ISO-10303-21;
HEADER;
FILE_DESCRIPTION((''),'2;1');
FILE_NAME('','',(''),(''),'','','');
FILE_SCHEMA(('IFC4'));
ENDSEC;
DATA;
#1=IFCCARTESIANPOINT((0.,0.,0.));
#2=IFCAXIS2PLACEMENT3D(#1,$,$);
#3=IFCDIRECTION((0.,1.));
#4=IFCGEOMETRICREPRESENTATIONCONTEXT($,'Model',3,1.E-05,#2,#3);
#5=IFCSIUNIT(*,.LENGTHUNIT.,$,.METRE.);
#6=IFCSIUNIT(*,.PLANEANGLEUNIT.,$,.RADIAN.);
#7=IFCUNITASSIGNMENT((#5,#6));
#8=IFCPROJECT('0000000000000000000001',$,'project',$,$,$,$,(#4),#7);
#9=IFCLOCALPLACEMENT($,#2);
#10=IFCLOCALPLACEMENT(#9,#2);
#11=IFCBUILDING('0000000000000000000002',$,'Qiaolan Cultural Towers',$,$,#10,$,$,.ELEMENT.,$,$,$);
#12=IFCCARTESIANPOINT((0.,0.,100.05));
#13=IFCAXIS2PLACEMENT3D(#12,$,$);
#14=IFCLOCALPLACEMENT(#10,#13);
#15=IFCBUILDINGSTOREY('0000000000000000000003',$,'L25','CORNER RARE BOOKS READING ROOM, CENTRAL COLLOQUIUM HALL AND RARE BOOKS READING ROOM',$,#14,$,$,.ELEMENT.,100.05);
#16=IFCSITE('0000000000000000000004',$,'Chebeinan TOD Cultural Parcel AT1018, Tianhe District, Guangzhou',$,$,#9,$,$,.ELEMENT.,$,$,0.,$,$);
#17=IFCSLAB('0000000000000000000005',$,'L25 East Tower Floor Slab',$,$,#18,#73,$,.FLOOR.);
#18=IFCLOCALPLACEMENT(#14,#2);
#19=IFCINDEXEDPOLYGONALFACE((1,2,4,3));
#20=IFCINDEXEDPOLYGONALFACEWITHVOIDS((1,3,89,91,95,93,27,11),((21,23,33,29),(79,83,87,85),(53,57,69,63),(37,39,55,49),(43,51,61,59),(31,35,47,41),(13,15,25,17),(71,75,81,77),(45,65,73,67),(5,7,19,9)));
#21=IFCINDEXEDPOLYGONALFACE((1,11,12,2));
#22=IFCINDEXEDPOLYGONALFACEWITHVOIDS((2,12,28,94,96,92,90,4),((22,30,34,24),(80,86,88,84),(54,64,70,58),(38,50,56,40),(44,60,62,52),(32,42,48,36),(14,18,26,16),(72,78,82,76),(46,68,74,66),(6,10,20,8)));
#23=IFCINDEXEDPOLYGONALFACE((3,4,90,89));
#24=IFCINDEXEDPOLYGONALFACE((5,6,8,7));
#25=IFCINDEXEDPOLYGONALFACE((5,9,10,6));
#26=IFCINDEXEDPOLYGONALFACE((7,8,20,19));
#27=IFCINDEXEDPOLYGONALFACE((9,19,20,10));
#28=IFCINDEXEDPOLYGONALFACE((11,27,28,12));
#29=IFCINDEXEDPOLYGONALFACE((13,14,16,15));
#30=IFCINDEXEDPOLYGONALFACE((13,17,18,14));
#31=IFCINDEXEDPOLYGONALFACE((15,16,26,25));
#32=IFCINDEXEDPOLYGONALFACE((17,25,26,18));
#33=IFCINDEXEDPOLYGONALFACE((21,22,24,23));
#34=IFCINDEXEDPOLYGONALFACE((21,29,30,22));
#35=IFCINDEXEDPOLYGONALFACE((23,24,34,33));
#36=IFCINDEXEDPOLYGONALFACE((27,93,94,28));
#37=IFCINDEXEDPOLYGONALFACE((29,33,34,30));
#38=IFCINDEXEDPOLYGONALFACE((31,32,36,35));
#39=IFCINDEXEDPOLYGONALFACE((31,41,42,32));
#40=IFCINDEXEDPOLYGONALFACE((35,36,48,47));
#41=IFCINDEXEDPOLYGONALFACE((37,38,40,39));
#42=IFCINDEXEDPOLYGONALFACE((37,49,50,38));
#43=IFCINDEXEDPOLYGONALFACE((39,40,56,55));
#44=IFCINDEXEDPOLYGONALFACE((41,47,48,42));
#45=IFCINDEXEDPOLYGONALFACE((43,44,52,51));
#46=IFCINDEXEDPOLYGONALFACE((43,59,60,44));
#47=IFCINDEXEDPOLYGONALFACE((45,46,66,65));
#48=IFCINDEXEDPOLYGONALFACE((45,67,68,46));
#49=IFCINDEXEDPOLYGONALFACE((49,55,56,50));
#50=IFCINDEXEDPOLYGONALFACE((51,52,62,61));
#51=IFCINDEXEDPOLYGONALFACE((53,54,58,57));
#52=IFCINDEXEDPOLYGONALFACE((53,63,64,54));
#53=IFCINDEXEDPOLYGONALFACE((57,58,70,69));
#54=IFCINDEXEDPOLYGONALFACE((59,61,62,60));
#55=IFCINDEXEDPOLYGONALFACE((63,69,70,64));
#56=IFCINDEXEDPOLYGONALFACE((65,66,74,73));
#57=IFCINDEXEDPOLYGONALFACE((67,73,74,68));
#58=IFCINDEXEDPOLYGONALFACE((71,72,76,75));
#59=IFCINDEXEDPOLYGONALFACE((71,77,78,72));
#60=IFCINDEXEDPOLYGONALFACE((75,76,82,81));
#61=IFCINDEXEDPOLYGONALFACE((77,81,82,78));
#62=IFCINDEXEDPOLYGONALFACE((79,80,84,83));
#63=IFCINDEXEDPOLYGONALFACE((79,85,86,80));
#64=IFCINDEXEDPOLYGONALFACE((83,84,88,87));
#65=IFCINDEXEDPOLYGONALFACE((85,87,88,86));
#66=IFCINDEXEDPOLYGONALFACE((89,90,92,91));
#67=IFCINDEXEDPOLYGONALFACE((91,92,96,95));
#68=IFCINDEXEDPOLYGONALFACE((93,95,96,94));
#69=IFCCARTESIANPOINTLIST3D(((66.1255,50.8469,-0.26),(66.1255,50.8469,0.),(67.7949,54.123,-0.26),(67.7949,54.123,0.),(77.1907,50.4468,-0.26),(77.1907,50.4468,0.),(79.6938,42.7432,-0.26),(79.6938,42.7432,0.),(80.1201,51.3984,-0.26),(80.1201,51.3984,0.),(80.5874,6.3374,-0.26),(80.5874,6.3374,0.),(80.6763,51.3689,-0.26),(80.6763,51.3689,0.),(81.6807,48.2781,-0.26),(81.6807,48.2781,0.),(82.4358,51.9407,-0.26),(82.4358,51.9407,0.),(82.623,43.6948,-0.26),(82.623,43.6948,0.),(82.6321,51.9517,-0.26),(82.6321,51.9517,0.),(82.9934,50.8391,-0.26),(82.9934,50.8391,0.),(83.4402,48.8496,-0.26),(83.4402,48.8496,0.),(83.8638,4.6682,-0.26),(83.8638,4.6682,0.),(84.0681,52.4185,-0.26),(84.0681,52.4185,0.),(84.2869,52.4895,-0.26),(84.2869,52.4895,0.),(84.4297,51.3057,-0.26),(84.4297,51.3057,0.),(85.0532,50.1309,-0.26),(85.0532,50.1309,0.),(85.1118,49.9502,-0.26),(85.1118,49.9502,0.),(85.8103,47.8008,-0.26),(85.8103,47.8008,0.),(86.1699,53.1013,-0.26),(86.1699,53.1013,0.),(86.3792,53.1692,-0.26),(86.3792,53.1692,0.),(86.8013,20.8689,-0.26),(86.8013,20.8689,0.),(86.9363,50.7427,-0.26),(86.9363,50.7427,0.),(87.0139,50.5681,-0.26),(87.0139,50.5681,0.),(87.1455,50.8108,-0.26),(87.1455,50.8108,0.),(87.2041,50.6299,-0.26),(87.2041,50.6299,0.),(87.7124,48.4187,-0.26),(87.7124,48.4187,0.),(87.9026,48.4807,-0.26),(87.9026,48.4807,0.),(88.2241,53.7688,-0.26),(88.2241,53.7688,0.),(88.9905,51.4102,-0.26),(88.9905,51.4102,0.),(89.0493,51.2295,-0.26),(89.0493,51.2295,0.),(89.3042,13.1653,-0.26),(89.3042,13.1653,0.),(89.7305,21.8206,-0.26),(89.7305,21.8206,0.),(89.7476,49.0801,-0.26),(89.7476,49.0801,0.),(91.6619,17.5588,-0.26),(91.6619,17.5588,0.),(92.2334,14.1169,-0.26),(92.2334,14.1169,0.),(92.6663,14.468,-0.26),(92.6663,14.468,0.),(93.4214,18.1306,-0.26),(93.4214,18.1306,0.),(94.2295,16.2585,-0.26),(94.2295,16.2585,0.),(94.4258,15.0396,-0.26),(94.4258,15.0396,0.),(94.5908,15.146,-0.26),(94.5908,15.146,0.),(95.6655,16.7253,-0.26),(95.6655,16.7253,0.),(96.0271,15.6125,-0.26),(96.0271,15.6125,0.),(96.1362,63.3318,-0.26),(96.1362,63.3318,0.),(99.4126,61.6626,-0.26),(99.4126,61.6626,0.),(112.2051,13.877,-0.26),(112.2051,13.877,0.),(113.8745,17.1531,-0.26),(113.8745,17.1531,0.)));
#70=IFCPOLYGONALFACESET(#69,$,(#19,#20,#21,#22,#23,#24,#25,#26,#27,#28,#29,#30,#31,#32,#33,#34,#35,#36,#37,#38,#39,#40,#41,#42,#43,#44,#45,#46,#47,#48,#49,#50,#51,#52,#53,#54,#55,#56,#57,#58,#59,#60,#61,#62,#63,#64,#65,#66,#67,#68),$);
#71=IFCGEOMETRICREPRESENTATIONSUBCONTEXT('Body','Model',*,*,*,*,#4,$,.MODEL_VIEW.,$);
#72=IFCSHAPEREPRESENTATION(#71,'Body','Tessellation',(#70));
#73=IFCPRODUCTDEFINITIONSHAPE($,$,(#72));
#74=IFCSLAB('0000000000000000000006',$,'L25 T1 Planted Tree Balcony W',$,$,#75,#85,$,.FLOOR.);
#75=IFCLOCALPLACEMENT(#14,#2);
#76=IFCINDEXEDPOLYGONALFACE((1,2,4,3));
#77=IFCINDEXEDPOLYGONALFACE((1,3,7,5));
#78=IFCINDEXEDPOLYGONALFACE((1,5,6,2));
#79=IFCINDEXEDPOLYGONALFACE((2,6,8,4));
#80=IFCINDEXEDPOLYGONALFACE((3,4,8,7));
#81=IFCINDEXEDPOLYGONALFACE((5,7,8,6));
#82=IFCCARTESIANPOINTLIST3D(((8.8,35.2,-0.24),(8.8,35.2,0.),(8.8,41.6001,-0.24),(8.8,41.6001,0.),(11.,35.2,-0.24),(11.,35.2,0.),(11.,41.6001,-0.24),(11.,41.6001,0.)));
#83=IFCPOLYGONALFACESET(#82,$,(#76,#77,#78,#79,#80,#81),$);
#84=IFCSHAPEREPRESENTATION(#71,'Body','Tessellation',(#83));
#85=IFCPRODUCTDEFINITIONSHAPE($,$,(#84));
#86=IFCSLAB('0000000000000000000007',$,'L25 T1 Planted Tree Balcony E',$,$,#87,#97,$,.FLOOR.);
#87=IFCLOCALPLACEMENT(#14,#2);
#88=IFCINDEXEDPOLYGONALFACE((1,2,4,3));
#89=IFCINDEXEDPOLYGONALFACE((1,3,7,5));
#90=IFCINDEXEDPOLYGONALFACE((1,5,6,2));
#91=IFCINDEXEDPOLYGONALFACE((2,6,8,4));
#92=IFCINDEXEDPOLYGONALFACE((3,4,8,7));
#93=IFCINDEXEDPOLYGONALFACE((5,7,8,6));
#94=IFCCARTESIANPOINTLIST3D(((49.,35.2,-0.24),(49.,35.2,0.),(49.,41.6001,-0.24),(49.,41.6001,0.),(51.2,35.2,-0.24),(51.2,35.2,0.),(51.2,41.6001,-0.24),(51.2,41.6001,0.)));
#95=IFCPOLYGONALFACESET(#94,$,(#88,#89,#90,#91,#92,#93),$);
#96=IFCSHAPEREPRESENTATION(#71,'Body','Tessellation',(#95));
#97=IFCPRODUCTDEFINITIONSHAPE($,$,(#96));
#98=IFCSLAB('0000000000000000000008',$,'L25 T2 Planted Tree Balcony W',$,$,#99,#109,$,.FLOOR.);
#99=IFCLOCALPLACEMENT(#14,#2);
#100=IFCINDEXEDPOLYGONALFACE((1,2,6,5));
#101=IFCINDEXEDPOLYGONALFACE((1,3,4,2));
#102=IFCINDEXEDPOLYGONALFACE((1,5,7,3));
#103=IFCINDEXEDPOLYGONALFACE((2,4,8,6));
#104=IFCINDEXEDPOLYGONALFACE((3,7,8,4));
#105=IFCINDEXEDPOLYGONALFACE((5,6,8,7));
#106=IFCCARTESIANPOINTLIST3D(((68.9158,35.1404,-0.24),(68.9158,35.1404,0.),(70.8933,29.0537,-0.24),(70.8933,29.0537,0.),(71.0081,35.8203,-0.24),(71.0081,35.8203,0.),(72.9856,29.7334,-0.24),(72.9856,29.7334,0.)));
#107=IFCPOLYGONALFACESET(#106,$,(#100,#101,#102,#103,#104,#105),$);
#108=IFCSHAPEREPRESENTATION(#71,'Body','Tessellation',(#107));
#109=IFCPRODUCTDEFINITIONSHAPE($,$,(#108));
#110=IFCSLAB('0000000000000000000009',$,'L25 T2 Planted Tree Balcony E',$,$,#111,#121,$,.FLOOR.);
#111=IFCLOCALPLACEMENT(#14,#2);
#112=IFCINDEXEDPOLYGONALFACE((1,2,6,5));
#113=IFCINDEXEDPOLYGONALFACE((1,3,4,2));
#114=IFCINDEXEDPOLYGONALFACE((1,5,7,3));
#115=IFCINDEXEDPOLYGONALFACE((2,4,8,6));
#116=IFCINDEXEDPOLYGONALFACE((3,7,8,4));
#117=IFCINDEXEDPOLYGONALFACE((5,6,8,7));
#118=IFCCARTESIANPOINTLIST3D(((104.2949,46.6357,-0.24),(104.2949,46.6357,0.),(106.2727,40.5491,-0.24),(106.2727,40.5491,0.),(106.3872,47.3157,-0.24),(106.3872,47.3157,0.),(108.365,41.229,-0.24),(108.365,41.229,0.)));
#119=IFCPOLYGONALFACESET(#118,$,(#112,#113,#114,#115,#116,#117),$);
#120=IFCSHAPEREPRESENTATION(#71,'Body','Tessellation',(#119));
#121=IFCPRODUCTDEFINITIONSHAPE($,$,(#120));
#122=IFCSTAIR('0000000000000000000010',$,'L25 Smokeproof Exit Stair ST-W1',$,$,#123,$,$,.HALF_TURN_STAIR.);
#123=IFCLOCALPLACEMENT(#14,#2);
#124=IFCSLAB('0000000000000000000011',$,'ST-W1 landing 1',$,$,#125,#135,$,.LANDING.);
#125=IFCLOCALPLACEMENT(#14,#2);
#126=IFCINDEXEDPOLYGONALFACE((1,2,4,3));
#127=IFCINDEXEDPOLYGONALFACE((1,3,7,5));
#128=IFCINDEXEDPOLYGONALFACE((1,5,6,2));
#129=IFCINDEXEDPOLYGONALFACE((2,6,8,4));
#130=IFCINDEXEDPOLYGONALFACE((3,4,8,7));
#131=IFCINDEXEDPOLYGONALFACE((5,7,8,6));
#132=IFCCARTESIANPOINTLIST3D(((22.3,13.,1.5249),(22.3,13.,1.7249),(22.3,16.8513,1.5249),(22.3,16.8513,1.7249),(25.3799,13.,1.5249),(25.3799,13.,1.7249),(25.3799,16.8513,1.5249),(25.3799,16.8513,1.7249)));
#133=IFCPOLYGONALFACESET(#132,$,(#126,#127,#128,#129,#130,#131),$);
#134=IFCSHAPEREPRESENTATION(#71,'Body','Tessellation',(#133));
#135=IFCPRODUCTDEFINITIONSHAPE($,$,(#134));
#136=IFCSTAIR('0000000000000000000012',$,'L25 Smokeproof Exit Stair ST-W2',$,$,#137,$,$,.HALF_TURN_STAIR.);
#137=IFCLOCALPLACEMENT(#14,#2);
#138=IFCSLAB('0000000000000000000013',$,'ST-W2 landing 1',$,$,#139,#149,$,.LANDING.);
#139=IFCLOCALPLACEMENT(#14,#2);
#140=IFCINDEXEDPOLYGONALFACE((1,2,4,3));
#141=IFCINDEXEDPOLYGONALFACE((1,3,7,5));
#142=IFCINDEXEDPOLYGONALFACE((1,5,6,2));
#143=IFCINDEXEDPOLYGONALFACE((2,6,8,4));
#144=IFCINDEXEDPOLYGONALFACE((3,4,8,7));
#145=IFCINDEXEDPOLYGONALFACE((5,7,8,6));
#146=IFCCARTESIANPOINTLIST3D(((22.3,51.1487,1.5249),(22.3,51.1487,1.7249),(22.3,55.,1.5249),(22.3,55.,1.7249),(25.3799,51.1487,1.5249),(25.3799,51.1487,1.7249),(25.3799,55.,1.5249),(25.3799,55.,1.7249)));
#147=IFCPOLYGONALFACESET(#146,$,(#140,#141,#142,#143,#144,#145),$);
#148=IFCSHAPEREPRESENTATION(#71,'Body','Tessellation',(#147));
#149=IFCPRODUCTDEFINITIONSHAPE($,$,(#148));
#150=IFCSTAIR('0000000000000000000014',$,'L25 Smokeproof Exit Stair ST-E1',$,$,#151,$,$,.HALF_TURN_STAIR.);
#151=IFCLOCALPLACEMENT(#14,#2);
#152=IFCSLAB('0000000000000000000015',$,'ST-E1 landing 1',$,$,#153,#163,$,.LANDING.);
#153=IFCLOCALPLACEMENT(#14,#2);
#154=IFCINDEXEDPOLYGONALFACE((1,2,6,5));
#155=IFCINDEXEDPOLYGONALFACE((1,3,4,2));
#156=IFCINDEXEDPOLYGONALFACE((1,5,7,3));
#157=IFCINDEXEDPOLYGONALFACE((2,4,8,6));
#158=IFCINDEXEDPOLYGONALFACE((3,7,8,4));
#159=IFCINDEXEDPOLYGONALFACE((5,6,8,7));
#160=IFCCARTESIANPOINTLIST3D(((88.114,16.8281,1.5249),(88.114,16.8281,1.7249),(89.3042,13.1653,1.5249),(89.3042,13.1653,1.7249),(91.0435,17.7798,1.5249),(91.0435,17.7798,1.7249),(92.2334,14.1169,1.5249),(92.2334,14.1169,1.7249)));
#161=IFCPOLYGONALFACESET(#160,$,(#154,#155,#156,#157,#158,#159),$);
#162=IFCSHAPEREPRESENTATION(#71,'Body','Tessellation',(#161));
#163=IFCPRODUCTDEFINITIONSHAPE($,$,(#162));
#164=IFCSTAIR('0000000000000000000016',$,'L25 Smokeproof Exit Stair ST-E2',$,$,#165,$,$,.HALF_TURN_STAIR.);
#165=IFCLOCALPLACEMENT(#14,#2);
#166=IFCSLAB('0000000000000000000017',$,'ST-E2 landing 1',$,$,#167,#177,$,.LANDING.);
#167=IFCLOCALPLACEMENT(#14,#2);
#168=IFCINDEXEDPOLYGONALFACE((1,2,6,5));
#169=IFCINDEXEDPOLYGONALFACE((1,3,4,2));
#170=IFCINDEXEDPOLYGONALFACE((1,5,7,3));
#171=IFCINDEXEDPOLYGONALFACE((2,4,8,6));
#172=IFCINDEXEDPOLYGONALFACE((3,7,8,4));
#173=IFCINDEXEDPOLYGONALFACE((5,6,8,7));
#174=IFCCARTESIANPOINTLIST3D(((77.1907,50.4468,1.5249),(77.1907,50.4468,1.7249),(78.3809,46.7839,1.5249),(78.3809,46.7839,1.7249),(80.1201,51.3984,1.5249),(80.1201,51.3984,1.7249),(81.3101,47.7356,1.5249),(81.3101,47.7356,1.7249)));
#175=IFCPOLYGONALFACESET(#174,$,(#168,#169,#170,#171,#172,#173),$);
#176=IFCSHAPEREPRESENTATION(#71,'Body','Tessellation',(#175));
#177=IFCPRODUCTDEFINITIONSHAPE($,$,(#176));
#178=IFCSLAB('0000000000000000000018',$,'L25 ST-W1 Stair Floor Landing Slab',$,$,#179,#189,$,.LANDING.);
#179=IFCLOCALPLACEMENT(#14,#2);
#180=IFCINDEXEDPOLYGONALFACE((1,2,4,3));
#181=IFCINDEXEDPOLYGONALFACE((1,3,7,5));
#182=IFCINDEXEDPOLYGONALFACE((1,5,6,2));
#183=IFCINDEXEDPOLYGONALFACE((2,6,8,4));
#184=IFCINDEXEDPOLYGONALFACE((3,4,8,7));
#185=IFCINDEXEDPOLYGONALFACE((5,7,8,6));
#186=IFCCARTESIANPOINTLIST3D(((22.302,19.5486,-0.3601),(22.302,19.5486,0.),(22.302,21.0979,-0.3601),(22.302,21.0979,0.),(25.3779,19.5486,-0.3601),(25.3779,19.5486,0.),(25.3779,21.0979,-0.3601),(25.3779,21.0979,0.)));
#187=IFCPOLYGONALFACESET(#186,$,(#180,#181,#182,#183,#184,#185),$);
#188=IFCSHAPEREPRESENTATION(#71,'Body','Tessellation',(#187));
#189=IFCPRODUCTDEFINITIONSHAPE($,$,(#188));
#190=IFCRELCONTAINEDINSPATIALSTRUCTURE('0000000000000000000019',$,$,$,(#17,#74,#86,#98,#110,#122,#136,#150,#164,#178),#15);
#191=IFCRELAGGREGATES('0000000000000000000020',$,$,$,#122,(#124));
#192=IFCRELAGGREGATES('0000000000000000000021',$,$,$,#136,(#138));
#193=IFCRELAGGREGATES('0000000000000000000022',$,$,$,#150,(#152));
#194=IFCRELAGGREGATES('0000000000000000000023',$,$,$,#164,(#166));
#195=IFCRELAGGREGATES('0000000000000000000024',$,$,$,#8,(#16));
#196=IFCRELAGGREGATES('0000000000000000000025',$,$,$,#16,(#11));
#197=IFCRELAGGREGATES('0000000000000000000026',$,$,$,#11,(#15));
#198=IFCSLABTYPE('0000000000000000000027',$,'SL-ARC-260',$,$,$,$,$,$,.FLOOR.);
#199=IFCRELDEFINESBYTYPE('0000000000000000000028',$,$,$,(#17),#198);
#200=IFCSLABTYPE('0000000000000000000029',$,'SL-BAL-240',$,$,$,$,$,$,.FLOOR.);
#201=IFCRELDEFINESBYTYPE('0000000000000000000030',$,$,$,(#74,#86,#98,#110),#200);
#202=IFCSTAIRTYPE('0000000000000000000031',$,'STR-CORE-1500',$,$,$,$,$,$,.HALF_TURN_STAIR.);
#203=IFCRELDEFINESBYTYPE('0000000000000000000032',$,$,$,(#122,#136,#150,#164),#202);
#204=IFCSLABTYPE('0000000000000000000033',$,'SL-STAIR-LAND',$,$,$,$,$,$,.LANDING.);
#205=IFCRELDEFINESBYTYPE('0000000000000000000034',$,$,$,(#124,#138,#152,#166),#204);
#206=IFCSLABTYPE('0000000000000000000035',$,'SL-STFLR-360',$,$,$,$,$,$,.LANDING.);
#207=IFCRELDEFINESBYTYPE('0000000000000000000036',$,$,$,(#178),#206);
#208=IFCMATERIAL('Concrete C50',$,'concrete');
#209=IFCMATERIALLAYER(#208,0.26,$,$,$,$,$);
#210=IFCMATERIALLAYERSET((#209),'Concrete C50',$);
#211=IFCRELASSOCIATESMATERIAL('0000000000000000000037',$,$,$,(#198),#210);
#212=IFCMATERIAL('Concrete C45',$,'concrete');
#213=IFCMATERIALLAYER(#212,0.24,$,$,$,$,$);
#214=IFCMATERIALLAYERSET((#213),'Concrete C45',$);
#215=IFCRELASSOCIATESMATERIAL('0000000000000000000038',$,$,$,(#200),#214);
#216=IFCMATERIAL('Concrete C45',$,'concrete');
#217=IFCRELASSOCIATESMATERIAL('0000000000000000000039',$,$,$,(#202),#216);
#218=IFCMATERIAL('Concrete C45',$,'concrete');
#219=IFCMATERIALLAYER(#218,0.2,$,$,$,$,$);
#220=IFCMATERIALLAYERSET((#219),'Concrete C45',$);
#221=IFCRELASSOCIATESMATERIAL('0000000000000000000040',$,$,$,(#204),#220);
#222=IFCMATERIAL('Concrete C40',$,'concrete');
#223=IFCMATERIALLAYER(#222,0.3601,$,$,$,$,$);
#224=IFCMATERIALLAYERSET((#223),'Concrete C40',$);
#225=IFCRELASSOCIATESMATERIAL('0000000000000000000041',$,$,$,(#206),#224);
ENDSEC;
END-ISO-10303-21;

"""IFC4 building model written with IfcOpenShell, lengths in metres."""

from ifc_helpers import new_model, si_unit, direction, frame, origin, place, context, subcontext, project, spatial, polyline, outline, extrude, material, layer, layer_set, type_object, element, aggregate, save


model = new_model("IFC4")

# Units and contexts
model_context = context("Model", 3, precision=1e-05, world=origin(), true_north=direction((0.0, 1.0)))
body_context = subcontext(model_context, "Body", "Model", "MODEL_VIEW")
ifc_project = project(units=[si_unit("LENGTHUNIT", "METRE"), si_unit("PLANEANGLEUNIT", "RADIAN")], contexts=[model_context])

# Site, building, storey
site_placement = place(None, origin())
site = spatial("IfcSite", under=ifc_project, at=site_placement, Name="Chebeinan TOD Cultural Parcel AT1018, Tianhe District, Guangzhou", CompositionType="ELEMENT", RefElevation=0.0)
building_placement = place(site_placement, origin())
building = spatial("IfcBuilding", under=site, at=building_placement, Name="Qiaolan Cultural Towers", CompositionType="ELEMENT")
storey_placement = place(building_placement, frame((0.0, 0.0, 100.05)))
storey = spatial("IfcBuildingStorey", under=building, at=storey_placement, Name="L25", Description="CORNER RARE BOOKS READING ROOM, CENTRAL COLLOQUIUM HALL AND RARE BOOKS READING ROOM", CompositionType="ELEMENT", Elevation=100.05)

# Slabs
ifc_material_1 = material(Name="Concrete C50", Category="concrete")
ifc_layer_1 = layer(ifc_material_1, 0.26)
ifc_layer_set_1 = layer_set([ifc_layer_1], Name="Concrete C50")
slab_type_1 = type_object("IfcSlabType", Name="SL-ARC-260", PredefinedType="FLOOR", material=ifc_layer_set_1)
slab_1_placement = place(storey_placement, frame((0.0, 0.0, -0.26)))
element("IfcSlab", 1, at=slab_1_placement, inside=storey, type_object=slab_type_1, Name="L25 East Tower Floor Slab", PredefinedType="FLOOR", context=body_context, shape_type="SweptSolid", body=[
    extrude(outline(polyline([(83.8638, 4.6682), (112.2051, 13.877), (113.8745, 17.1531), (99.4126, 61.6626), (96.1362, 63.3318), (67.7949, 54.123), (66.1255, 50.8469), (80.5874, 6.3374), (83.8638, 4.6682)]), holes=[polyline([(86.8013, 20.8689), (89.3042, 13.1653), (92.2334, 14.1169), (89.7305, 21.8206), (86.8013, 20.8689)]), polyline([(82.623, 43.6948), (80.1201, 51.3984), (77.1907, 50.4468), (79.6938, 42.7432), (82.623, 43.6948)]), polyline([(92.6663, 14.468), (94.4258, 15.0396), (93.4214, 18.1306), (91.6619, 17.5588), (92.6663, 14.468)]), polyline([(94.5908, 15.146), (96.0271, 15.6125), (95.6655, 16.7253), (94.2295, 16.2585), (94.5908, 15.146)]), polyline([(81.6807, 48.2781), (83.4402, 48.8496), (82.4358, 51.9407), (80.6763, 51.3689), (81.6807, 48.2781)]), polyline([(82.9934, 50.8391), (84.4297, 51.3057), (84.0681, 52.4185), (82.6321, 51.9517), (82.9934, 50.8391)]), polyline([(85.8103, 47.8008), (87.7124, 48.4187), (87.0139, 50.5681), (85.1118, 49.9502), (85.8103, 47.8008)]), polyline([(87.9026, 48.4807), (89.7476, 49.0801), (89.0493, 51.2295), (87.2041, 50.6299), (87.9026, 48.4807)]), polyline([(85.0532, 50.1309), (86.9363, 50.7427), (86.1699, 53.1013), (84.2869, 52.4895), (85.0532, 50.1309)]), polyline([(87.1455, 50.8108), (88.9905, 51.4102), (88.2241, 53.7688), (86.3792, 53.1692), (87.1455, 50.8108)])]), origin(), (0.0, 0.0, 1.0), 0.26),
])
ifc_material_2 = material(Name="Concrete C45", Category="concrete")
ifc_layer_2 = layer(ifc_material_2, 0.24)
ifc_layer_set_2 = layer_set([ifc_layer_2], Name="Concrete C45")
slab_type_2 = type_object("IfcSlabType", Name="SL-BAL-240", PredefinedType="FLOOR", material=ifc_layer_set_2)
slab_2_placement = place(storey_placement, frame((0.0, 0.0, -0.24)))
element("IfcSlab", 2, at=slab_2_placement, inside=storey, type_object=slab_type_2, Name="L25 T1 Planted Tree Balcony W", PredefinedType="FLOOR", context=body_context, shape_type="SweptSolid", body=[
    extrude(outline(polyline([(8.8, 35.2), (11.0, 35.2), (11.0, 41.6001), (8.8, 41.6001), (8.8, 35.2)])), origin(), (0.0, 0.0, 1.0), 0.24),
])
slab_3_placement = place(storey_placement, frame((0.0, 0.0, -0.24)))
element("IfcSlab", 3, at=slab_3_placement, inside=storey, type_object=slab_type_2, Name="L25 T1 Planted Tree Balcony E", PredefinedType="FLOOR", context=body_context, shape_type="SweptSolid", body=[
    extrude(outline(polyline([(49.0, 35.2), (51.2, 35.2), (51.2, 41.6001), (49.0, 41.6001), (49.0, 35.2)])), origin(), (0.0, 0.0, 1.0), 0.24),
])
slab_4_placement = place(storey_placement, frame((0.0, 0.0, -0.24)))
element("IfcSlab", 4, at=slab_4_placement, inside=storey, type_object=slab_type_2, Name="L25 T2 Planted Tree Balcony W", PredefinedType="FLOOR", context=body_context, shape_type="SweptSolid", body=[
    extrude(outline(polyline([(70.8933, 29.0537), (72.9856, 29.7334), (71.0081, 35.8203), (68.9158, 35.1404), (70.8933, 29.0537)])), origin(), (0.0, 0.0, 1.0), 0.24),
])
slab_5_placement = place(storey_placement, frame((0.0, 0.0, -0.24)))
element("IfcSlab", 5, at=slab_5_placement, inside=storey, type_object=slab_type_2, Name="L25 T2 Planted Tree Balcony E", PredefinedType="FLOOR", context=body_context, shape_type="SweptSolid", body=[
    extrude(outline(polyline([(106.2727, 40.5491), (108.365, 41.229), (106.3872, 47.3157), (104.2949, 46.6357), (106.2727, 40.5491)])), origin(), (0.0, 0.0, 1.0), 0.24),
])

# Stairs, slabs
ifc_material_3 = material(Name="Concrete C45", Category="concrete")
stair_type = type_object("IfcStairType", Name="STR-CORE-1500", PredefinedType="HALF_TURN_STAIR", material=ifc_material_3)
stair_1_placement = place(storey_placement, origin())
stair_1 = element("IfcStair", 6, at=stair_1_placement, inside=storey, type_object=stair_type, Name="L25 Smokeproof Exit Stair ST-W1", PredefinedType="HALF_TURN_STAIR")
ifc_material_4 = material(Name="Concrete C45", Category="concrete")
ifc_layer_3 = layer(ifc_material_4, 0.2)
ifc_layer_set_3 = layer_set([ifc_layer_3], Name="Concrete C45")
slab_type_3 = type_object("IfcSlabType", Name="SL-STAIR-LAND", PredefinedType="LANDING", material=ifc_layer_set_3)
slab_6_placement = place(storey_placement, frame((0.0, 0.0, 1.5249)))
slab_6 = element("IfcSlab", 7, at=slab_6_placement, type_object=slab_type_3, Name="ST-W1 landing 1", PredefinedType="LANDING", context=body_context, shape_type="SweptSolid", body=[
    extrude(outline(polyline([(22.3, 16.8513), (22.3, 13.0), (25.3799, 13.0), (25.3799, 16.8513), (22.3, 16.8513)])), origin(), (0.0, 0.0, 1.0), 0.2),
])
aggregate(stair_1, [slab_6])
stair_2_placement = place(storey_placement, origin())
stair_2 = element("IfcStair", 8, at=stair_2_placement, inside=storey, type_object=stair_type, Name="L25 Smokeproof Exit Stair ST-W2", PredefinedType="HALF_TURN_STAIR")
slab_7_placement = place(storey_placement, frame((0.0, 0.0, 1.5249)))
slab_7 = element("IfcSlab", 9, at=slab_7_placement, type_object=slab_type_3, Name="ST-W2 landing 1", PredefinedType="LANDING", context=body_context, shape_type="SweptSolid", body=[
    extrude(outline(polyline([(25.3799, 51.1487), (25.3799, 55.0), (22.3, 55.0), (22.3, 51.1487), (25.3799, 51.1487)])), origin(), (0.0, 0.0, 1.0), 0.2),
])
aggregate(stair_2, [slab_7])
stair_3_placement = place(storey_placement, origin())
stair_3 = element("IfcStair", 10, at=stair_3_placement, inside=storey, type_object=stair_type, Name="L25 Smokeproof Exit Stair ST-E1", PredefinedType="HALF_TURN_STAIR")
slab_8_placement = place(storey_placement, frame((0.0, 0.0, 1.5249)))
slab_8 = element("IfcSlab", 11, at=slab_8_placement, type_object=slab_type_3, Name="ST-E1 landing 1", PredefinedType="LANDING", context=body_context, shape_type="SweptSolid", body=[
    extrude(outline(polyline([(88.114, 16.8281), (89.3042, 13.1653), (92.2334, 14.1169), (91.0435, 17.7798), (88.114, 16.8281)])), origin(), (0.0, 0.0, 1.0), 0.2),
])
aggregate(stair_3, [slab_8])
stair_4_placement = place(storey_placement, origin())
stair_4 = element("IfcStair", 12, at=stair_4_placement, inside=storey, type_object=stair_type, Name="L25 Smokeproof Exit Stair ST-E2", PredefinedType="HALF_TURN_STAIR")
slab_9_placement = place(storey_placement, frame((0.0, 0.0, 1.5249)))
slab_9 = element("IfcSlab", 13, at=slab_9_placement, type_object=slab_type_3, Name="ST-E2 landing 1", PredefinedType="LANDING", context=body_context, shape_type="SweptSolid", body=[
    extrude(outline(polyline([(81.3101, 47.7356), (80.1201, 51.3984), (77.1907, 50.4468), (78.3809, 46.7839), (81.3101, 47.7356)])), origin(), (0.0, 0.0, 1.0), 0.2),
])
aggregate(stair_4, [slab_9])

# Slab
ifc_material_5 = material(Name="Concrete C40", Category="concrete")
ifc_layer_4 = layer(ifc_material_5, 0.3601)
ifc_layer_set_4 = layer_set([ifc_layer_4], Name="Concrete C40")
slab_type_4 = type_object("IfcSlabType", Name="SL-STFLR-360", PredefinedType="LANDING", material=ifc_layer_set_4)
slab_10_placement = place(storey_placement, frame((0.0, 0.0, -0.3601)))
element("IfcSlab", 14, at=slab_10_placement, inside=storey, type_object=slab_type_4, Name="L25 ST-W1 Stair Floor Landing Slab", PredefinedType="LANDING", context=body_context, shape_type="SweptSolid", body=[
    extrude(outline(polyline([(22.302, 21.0979), (22.302, 19.5486), (25.3779, 19.5486), (25.3779, 21.0979), (22.302, 21.0979)])), origin(), (0.0, 0.0, 1.0), 0.3601),
])

save(model, "model.ifc")
